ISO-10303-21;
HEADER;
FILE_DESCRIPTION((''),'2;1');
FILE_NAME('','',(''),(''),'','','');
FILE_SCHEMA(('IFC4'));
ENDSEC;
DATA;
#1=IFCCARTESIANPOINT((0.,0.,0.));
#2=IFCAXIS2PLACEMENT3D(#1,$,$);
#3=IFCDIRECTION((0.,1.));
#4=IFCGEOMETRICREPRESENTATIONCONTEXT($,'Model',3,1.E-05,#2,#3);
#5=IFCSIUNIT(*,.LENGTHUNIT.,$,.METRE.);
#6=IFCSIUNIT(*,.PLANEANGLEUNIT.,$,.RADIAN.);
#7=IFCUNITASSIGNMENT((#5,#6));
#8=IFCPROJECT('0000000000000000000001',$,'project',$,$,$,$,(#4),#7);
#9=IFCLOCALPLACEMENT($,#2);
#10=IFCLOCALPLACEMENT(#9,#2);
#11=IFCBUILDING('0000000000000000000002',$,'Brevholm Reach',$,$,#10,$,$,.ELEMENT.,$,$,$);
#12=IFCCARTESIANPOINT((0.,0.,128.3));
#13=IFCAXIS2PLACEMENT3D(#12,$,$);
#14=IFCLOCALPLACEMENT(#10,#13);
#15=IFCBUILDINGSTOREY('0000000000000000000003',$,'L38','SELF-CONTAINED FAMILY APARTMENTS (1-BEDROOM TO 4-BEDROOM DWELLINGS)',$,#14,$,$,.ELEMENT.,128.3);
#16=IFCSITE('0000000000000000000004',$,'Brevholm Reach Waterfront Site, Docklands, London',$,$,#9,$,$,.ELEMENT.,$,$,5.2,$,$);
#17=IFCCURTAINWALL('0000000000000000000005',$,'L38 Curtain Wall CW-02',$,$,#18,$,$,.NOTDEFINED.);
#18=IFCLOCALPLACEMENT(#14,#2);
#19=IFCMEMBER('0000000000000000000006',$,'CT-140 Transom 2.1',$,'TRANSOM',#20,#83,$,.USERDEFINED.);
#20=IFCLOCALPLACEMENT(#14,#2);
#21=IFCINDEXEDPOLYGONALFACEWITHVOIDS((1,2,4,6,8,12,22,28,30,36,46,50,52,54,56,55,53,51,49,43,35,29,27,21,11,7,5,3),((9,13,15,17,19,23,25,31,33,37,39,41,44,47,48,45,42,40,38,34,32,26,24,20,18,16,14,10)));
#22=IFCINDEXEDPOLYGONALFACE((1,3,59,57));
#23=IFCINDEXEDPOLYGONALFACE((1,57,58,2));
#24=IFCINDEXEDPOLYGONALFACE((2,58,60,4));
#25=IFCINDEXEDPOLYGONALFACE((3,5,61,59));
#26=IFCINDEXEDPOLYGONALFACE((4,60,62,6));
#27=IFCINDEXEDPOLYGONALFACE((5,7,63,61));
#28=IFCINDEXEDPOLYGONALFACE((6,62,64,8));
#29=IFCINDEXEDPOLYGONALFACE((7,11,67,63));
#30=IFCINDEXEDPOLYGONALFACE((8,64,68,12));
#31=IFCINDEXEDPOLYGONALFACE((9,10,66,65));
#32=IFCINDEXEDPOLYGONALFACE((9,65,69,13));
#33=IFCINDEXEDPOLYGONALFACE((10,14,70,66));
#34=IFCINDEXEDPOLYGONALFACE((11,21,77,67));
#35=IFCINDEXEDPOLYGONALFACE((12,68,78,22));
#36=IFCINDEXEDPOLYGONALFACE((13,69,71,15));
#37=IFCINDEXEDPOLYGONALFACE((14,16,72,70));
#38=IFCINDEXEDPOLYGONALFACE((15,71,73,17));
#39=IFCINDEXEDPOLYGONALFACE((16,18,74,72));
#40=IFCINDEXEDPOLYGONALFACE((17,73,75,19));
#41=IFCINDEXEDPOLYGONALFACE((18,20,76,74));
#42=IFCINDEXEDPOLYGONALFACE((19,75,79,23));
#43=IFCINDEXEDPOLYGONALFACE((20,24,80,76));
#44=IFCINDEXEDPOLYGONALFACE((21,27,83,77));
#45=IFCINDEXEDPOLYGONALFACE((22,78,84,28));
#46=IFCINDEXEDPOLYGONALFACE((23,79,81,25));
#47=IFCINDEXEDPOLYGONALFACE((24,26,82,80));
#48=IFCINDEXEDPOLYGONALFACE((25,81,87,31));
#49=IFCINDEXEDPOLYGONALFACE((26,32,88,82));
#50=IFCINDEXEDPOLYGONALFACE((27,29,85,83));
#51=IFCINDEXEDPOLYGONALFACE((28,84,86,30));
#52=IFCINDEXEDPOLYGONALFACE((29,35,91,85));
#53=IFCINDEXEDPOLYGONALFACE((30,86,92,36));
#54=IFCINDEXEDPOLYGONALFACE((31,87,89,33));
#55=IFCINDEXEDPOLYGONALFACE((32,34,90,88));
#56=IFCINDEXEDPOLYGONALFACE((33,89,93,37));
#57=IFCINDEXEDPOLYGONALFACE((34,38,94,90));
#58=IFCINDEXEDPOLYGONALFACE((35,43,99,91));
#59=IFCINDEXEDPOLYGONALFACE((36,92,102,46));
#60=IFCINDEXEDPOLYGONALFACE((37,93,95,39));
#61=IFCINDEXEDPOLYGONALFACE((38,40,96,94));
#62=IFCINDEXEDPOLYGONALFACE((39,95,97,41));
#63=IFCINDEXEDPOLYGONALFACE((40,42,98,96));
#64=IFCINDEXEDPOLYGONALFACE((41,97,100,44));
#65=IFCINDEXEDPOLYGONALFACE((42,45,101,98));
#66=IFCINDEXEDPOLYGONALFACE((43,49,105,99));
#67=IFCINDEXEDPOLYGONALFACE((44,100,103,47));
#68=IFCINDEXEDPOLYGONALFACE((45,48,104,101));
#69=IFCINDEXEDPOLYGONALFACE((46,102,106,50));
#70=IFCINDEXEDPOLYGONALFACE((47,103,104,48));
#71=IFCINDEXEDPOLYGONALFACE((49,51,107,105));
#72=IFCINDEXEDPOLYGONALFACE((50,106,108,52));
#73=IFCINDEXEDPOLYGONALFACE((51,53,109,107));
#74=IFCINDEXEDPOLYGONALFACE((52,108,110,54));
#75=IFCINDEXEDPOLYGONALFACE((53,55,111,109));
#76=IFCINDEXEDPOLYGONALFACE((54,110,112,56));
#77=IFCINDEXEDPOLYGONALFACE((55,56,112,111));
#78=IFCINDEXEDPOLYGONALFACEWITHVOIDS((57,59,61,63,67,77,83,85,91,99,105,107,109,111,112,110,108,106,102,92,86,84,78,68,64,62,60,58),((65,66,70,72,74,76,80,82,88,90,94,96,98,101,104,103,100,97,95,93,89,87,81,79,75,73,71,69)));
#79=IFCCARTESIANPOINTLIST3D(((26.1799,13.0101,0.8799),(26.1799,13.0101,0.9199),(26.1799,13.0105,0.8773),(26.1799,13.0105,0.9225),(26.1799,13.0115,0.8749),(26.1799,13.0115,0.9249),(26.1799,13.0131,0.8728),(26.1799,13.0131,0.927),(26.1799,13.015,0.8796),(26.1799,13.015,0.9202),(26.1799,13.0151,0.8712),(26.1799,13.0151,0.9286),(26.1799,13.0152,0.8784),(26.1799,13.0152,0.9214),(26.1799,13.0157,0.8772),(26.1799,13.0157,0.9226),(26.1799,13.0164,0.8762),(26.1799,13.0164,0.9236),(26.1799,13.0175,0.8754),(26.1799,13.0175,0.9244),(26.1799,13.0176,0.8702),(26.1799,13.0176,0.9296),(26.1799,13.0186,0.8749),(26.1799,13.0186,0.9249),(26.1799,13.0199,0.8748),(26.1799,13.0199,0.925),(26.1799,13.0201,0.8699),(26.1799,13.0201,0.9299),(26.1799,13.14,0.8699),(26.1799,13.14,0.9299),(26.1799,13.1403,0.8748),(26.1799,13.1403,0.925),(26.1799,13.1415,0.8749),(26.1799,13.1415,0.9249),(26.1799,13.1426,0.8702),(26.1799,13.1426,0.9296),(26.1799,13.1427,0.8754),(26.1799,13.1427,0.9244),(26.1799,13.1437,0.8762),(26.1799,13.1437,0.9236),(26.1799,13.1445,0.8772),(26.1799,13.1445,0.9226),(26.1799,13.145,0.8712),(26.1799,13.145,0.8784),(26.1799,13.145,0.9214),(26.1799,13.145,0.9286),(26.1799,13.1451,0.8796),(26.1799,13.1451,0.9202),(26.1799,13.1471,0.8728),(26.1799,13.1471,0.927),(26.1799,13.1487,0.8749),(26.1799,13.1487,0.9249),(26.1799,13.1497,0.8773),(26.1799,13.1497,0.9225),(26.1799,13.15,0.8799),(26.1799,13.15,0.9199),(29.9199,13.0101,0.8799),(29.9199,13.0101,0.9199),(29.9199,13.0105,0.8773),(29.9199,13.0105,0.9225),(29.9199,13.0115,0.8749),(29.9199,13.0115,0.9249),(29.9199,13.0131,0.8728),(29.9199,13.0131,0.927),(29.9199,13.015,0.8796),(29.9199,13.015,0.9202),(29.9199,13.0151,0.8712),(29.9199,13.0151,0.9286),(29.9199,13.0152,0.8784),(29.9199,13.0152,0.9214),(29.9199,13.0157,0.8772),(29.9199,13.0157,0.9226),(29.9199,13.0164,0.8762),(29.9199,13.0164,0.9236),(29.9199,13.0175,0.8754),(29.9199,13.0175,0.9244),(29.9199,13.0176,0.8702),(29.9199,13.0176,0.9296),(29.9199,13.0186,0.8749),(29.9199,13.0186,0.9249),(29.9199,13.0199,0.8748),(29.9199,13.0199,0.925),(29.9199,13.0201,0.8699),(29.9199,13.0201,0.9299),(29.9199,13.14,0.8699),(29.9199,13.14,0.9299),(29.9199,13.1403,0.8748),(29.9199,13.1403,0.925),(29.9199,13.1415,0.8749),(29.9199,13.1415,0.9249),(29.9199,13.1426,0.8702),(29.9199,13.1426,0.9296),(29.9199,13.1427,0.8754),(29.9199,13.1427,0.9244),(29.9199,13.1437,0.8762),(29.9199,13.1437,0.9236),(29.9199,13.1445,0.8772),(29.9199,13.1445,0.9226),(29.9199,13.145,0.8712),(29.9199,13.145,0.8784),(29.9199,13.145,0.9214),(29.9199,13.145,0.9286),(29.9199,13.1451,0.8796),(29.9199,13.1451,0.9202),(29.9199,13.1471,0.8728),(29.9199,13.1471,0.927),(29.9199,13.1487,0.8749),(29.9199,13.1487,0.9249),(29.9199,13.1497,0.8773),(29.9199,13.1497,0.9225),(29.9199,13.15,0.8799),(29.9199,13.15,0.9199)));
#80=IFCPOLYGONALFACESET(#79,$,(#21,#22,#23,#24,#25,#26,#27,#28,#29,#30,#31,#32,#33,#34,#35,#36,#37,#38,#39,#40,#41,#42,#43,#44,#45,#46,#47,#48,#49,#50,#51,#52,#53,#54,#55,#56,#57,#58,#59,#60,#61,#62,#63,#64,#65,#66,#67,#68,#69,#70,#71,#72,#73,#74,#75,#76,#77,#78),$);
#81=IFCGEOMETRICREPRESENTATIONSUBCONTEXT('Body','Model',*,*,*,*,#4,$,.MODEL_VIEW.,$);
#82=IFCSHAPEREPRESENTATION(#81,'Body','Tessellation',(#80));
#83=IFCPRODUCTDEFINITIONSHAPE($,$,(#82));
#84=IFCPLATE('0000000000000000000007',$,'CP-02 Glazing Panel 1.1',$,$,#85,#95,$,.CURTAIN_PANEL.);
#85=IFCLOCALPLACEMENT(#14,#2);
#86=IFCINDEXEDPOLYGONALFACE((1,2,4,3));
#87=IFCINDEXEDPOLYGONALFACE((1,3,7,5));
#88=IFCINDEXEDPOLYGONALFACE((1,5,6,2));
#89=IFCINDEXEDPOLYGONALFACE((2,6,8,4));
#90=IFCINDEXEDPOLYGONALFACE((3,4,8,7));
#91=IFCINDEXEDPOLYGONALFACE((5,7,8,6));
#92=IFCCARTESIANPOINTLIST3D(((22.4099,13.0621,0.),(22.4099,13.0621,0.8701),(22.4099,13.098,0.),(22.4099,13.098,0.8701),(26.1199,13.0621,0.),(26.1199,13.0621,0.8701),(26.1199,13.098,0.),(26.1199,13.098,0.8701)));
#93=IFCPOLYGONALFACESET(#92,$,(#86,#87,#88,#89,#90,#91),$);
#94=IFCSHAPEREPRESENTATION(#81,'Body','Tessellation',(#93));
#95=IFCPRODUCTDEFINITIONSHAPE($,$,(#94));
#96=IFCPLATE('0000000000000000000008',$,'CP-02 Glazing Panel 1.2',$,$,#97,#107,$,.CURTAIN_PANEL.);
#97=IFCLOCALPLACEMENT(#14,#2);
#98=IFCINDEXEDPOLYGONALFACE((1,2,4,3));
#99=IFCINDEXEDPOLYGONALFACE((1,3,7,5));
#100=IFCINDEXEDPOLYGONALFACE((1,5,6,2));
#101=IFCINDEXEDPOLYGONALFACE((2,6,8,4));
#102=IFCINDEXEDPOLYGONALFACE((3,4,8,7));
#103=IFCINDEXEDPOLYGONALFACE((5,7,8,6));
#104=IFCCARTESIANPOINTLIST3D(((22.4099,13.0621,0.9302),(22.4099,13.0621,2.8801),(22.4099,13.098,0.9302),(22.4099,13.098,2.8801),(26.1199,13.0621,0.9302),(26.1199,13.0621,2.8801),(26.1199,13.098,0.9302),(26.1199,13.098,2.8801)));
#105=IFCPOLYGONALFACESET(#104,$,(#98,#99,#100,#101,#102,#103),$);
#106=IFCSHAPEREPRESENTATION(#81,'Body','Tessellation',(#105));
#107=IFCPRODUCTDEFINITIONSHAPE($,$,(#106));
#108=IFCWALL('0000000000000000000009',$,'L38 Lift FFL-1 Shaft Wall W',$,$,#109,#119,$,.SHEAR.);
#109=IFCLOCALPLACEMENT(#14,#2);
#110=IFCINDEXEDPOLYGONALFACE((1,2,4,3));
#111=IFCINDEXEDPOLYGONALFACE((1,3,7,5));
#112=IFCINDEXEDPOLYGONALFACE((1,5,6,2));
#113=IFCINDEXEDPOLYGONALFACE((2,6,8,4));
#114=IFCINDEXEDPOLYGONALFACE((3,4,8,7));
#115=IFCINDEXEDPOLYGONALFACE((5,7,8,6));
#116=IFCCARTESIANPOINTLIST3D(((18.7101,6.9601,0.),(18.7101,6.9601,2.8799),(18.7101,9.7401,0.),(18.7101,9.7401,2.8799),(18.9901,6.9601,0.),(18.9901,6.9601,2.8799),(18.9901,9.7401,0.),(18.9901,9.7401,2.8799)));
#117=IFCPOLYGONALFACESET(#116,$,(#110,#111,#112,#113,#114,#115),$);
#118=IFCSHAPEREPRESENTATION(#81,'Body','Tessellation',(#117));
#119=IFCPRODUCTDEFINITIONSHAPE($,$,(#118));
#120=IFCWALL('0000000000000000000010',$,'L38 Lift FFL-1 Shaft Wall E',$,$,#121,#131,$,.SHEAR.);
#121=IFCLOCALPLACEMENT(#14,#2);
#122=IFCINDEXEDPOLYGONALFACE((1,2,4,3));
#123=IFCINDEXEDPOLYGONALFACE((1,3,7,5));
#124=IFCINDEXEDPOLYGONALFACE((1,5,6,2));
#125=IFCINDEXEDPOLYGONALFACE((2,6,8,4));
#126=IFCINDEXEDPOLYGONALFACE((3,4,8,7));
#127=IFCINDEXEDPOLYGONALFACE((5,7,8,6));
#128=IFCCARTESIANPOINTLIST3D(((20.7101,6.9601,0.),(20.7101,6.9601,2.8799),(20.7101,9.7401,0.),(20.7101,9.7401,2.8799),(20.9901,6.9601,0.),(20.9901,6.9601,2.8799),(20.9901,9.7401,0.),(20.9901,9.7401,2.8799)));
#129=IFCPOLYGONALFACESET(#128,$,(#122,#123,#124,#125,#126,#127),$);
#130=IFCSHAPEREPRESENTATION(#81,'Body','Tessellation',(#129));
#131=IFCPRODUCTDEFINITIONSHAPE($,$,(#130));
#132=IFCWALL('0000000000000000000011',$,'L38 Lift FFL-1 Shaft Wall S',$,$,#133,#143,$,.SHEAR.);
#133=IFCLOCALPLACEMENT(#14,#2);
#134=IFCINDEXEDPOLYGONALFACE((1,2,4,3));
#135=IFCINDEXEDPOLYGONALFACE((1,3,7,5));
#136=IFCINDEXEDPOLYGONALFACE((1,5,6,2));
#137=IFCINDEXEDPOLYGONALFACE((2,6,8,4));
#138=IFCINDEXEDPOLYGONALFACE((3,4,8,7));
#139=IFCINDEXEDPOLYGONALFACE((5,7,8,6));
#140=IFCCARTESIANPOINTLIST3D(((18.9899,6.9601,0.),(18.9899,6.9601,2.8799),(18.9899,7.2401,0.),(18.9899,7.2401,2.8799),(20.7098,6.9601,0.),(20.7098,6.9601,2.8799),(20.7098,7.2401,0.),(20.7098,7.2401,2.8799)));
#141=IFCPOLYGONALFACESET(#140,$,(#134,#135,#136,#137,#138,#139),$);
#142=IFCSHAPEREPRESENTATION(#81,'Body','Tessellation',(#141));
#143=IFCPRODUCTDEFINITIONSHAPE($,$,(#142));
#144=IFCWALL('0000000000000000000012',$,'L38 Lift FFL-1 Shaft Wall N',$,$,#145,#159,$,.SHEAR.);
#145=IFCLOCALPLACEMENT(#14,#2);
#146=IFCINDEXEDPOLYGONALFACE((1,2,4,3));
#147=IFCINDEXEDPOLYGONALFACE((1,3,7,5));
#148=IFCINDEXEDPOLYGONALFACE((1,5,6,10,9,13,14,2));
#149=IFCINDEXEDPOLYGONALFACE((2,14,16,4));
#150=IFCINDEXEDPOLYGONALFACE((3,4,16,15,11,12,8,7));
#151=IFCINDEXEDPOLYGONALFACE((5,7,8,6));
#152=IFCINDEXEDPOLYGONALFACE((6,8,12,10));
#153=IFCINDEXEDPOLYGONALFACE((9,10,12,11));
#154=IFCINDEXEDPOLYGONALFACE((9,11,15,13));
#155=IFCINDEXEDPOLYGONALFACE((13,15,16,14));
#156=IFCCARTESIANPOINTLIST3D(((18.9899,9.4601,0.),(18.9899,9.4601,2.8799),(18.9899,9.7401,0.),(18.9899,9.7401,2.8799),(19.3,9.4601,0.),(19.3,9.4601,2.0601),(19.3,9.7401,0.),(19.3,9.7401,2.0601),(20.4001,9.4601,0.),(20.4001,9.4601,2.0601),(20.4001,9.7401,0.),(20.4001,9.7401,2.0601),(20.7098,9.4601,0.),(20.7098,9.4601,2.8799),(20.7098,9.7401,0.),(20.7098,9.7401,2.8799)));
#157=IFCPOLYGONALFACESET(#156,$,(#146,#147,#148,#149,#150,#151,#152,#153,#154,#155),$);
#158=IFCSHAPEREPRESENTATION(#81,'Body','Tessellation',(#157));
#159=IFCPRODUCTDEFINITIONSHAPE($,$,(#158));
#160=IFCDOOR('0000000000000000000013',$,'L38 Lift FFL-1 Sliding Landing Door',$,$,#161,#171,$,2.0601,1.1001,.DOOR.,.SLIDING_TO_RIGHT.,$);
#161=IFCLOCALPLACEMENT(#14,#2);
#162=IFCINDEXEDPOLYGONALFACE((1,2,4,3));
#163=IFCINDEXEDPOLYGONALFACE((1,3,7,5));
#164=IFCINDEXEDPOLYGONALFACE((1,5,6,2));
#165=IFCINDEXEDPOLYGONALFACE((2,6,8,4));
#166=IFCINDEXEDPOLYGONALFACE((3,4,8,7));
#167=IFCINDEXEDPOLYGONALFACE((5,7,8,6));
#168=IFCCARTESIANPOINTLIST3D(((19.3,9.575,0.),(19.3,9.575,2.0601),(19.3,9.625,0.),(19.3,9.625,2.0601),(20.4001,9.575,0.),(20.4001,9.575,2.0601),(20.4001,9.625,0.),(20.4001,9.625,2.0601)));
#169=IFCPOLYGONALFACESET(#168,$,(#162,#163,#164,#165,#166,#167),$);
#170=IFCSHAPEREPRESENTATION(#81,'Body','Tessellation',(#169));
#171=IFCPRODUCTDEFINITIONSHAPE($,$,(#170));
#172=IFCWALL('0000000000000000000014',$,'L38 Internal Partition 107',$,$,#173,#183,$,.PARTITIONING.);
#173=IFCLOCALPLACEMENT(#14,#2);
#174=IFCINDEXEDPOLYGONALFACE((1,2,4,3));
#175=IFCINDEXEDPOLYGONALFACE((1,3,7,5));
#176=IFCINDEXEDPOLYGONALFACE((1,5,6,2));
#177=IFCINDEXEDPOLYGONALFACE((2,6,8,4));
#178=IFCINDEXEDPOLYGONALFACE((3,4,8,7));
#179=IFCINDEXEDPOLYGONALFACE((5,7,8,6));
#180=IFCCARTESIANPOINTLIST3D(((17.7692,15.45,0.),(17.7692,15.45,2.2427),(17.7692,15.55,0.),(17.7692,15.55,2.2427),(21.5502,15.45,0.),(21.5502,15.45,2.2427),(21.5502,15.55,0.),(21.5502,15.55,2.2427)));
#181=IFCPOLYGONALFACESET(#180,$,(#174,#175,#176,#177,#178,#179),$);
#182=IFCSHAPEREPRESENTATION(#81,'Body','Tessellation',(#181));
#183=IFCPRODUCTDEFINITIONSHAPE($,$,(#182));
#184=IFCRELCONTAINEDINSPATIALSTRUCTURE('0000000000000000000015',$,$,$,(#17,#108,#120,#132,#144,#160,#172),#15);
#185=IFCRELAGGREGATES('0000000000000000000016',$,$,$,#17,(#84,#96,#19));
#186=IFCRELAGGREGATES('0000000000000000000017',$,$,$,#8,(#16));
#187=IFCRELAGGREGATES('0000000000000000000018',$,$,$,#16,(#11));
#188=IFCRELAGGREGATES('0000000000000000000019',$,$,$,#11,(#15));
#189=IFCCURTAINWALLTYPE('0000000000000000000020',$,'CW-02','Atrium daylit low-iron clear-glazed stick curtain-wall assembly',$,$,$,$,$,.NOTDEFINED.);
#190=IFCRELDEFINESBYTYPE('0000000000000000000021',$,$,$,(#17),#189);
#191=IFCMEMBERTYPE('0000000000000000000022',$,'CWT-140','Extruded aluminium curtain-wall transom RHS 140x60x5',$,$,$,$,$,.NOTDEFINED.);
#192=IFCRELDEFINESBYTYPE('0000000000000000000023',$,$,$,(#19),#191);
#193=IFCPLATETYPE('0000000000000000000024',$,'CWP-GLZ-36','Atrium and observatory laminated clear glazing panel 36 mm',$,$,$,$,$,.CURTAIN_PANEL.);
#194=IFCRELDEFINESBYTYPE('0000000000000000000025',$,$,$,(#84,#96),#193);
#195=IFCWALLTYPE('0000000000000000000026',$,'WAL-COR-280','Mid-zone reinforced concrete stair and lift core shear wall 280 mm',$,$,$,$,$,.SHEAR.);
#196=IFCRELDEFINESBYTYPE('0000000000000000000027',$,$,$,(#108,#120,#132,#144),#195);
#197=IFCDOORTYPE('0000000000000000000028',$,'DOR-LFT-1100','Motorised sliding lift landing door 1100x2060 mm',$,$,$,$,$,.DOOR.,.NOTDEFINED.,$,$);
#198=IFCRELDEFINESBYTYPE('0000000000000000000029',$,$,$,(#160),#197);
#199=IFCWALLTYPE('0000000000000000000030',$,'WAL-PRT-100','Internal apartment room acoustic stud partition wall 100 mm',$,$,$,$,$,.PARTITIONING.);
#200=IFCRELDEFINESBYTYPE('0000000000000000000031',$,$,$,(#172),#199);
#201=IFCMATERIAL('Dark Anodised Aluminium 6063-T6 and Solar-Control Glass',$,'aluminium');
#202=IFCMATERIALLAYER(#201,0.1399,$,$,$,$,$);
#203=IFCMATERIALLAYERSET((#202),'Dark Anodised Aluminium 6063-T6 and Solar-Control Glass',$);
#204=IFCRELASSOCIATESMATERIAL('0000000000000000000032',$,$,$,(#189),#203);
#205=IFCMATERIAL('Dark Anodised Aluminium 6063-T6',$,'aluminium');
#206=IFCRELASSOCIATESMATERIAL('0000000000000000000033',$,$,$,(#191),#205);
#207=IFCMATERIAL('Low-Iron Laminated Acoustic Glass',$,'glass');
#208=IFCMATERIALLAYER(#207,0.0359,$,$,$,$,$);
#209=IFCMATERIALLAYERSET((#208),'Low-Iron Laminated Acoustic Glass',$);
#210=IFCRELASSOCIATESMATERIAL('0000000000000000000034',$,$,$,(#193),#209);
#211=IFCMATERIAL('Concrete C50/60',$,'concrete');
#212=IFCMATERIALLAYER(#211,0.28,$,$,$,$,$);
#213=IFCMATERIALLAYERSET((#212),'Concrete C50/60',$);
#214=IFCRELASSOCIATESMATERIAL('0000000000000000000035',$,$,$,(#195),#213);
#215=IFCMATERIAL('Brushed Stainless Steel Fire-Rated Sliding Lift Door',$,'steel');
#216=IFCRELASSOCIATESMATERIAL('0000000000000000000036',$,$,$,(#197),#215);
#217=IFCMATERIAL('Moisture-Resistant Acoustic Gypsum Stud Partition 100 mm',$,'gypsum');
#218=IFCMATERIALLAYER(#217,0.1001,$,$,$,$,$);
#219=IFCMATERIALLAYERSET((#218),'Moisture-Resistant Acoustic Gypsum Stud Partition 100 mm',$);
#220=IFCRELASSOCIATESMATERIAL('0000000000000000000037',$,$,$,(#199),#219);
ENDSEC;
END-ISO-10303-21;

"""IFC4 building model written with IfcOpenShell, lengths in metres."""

from ifc_helpers import new_model, si_unit, direction, frame, frame_2d, origin, origin_2d, place, context, subcontext, project, spatial, rectangle, hollow_rectangle, extrude, material, layer, layer_set, material_profile, profile_set, type_object, element, fill, aggregate, save


model = new_model("IFC4")

# Units and contexts
model_context = context("Model", 3, precision=1e-05, world=origin(), true_north=direction((0.0, 1.0)))
body_context = subcontext(model_context, "Body", "Model", "MODEL_VIEW")
ifc_project = project(units=[si_unit("LENGTHUNIT", "METRE"), si_unit("PLANEANGLEUNIT", "RADIAN")], contexts=[model_context])

# Site, building, storey
site_placement = place(None, origin())
site = spatial("IfcSite", under=ifc_project, at=site_placement, Name="Brevholm Reach Waterfront Site, Docklands, London", CompositionType="ELEMENT", RefElevation=5.2)
building_placement = place(site_placement, origin())
building = spatial("IfcBuilding", under=site, at=building_placement, Name="Brevholm Reach", CompositionType="ELEMENT")
storey_placement = place(building_placement, frame((0.0, 0.0, 128.3)))
storey = spatial("IfcBuildingStorey", under=building, at=storey_placement, Name="L38", Description="SELF-CONTAINED FAMILY APARTMENTS (1-BEDROOM TO 4-BEDROOM DWELLINGS)", CompositionType="ELEMENT", Elevation=128.3)

# Curtain wall, member, plates
ifc_material_1 = material(Name="Dark Anodised Aluminium 6063-T6 and Solar-Control Glass", Category="aluminium")
ifc_layer_1 = layer(ifc_material_1, 0.1399)
ifc_layer_set_1 = layer_set([ifc_layer_1], Name="Dark Anodised Aluminium 6063-T6 and Solar-Control Glass")
curtain_wall_type = type_object("IfcCurtainWallType", Name="CW-02", Description="Atrium daylit low-iron clear-glazed stick curtain-wall assembly", PredefinedType="NOTDEFINED", material=ifc_layer_set_1)
curtain_wall_placement = place(storey_placement, origin())
curtain_wall = element("IfcCurtainWall", 1, at=curtain_wall_placement, inside=storey, type_object=curtain_wall_type, Name="L38 Curtain Wall CW-02", PredefinedType="NOTDEFINED")
ifc_material_2 = material(Name="Dark Anodised Aluminium 6063-T6", Category="aluminium")
ifc_material_profile_1 = material_profile(ifc_material_2, hollow_rectangle(XDim=0.0601, YDim=0.1399, WallThickness=0.0049, InnerFilletRadius=0.0049, OuterFilletRadius=0.01, at=origin_2d()), Name="RHS 140x60x5")
ifc_profile_set_1 = profile_set([ifc_material_profile_1], Name="Dark Anodised Aluminium 6063-T6")
member_type_1 = type_object("IfcMemberType", Name="CWT-140", Description="Extruded aluminium curtain-wall transom RHS 140x60x5", PredefinedType="NOTDEFINED", material=ifc_profile_set_1)
member_1_placement = place(storey_placement, frame((26.1799, 13.0801, 0.8999), z_axis=(1.0, 0.0, 0.0), x_axis=(0.0, 0.0, 1.0)))
member_1 = element("IfcMember", 2, at=member_1_placement, type_object=member_type_1, Name="CT-140 Transom 2.1", ObjectType="TRANSOM", PredefinedType="USERDEFINED", context=body_context, shape_type="SweptSolid", body=[
    extrude(hollow_rectangle(XDim=0.0601, YDim=0.1399, WallThickness=0.0049, InnerFilletRadius=0.0049, OuterFilletRadius=0.01, at=origin_2d()), origin(), (0.0, 0.0, 1.0), 3.74),
])
ifc_material_3 = material(Name="Low-Iron Laminated Acoustic Glass", Category="glass")
ifc_layer_2 = layer(ifc_material_3, 0.0359)
ifc_layer_set_2 = layer_set([ifc_layer_2], Name="Low-Iron Laminated Acoustic Glass")
plate_type = type_object("IfcPlateType", Name="CWP-GLZ-36", Description="Atrium and observatory laminated clear glazing panel 36 mm", PredefinedType="CURTAIN_PANEL", material=ifc_layer_set_2)
plate_1_placement = place(storey_placement, frame((24.2649, 13.0801, 0.0), z_axis=(0.0, 0.0, 1.0), x_axis=(1.0, 0.0, 0.0)))
plate_1 = element("IfcPlate", 3, at=plate_1_placement, type_object=plate_type, Name="CP-02 Glazing Panel 1.1", PredefinedType="CURTAIN_PANEL", context=body_context, shape_type="SweptSolid", body=[
    extrude(rectangle(XDim=3.71, YDim=0.0359, at=origin_2d()), origin(), (0.0, 0.0, 1.0), 0.8701),
])
plate_2_placement = place(storey_placement, frame((24.2649, 13.0801, 0.9302), z_axis=(0.0, 0.0, 1.0), x_axis=(1.0, 0.0, 0.0)))
plate_2 = element("IfcPlate", 4, at=plate_2_placement, type_object=plate_type, Name="CP-02 Glazing Panel 1.2", PredefinedType="CURTAIN_PANEL", context=body_context, shape_type="SweptSolid", body=[
    extrude(rectangle(XDim=3.71, YDim=0.0359, at=origin_2d()), origin(), (0.0, 0.0, 1.0), 1.95),
])
aggregate(curtain_wall, [plate_1, plate_2, member_1])

# Walls
ifc_material_4 = material(Name="Concrete C50/60", Category="concrete")
ifc_layer_3 = layer(ifc_material_4, 0.28)
ifc_layer_set_3 = layer_set([ifc_layer_3], Name="Concrete C50/60")
wall_type_1 = type_object("IfcWallType", Name="WAL-COR-280", Description="Mid-zone reinforced concrete stair and lift core shear wall 280 mm", PredefinedType="SHEAR", material=ifc_layer_set_3)
for number, where, z_axis, x_axis, name in (
    (5, (18.8501, 6.96, 0.0), (0.0, 0.0, 1.0), (0.0, 1.0, 0.0), "L38 Lift FFL-1 Shaft Wall W"),
    (6, (20.8501, 6.96, 0.0), (0.0, 0.0, 1.0), (0.0, 1.0, 0.0), "L38 Lift FFL-1 Shaft Wall E"),
):
    element("IfcWall", number, at=place(storey_placement, frame(where, z_axis=z_axis, x_axis=x_axis)), inside=storey, type_object=wall_type_1, Name=name, PredefinedType="SHEAR", context=body_context, shape_type="SweptSolid", body=[
        extrude(rectangle(XDim=2.78, YDim=0.28, at=frame_2d((1.3901, 0.0))), origin(), (0.0, 0.0, 1.0), 2.8799),
    ])
wall_1_placement = place(storey_placement, frame((18.99, 7.1001, 0.0), z_axis=(0.0, 0.0, 1.0), x_axis=(1.0, 0.0, 0.0)))
element("IfcWall", 7, at=wall_1_placement, inside=storey, type_object=wall_type_1, Name="L38 Lift FFL-1 Shaft Wall S", PredefinedType="SHEAR", context=body_context, shape_type="SweptSolid", body=[
    extrude(rectangle(XDim=1.72, YDim=0.28, at=frame_2d((0.8599, 0.0))), origin(), (0.0, 0.0, 1.0), 2.8799),
])

# Wall, opening, door
wall_2_placement = place(storey_placement, frame((18.99, 9.6001, 0.0), z_axis=(0.0, 0.0, 1.0), x_axis=(1.0, 0.0, 0.0)))
wall_2 = element("IfcWall", 8, at=wall_2_placement, inside=storey, type_object=wall_type_1, Name="L38 Lift FFL-1 Shaft Wall N", PredefinedType="SHEAR", context=body_context, shape_type="SweptSolid", body=[
    extrude(rectangle(XDim=1.72, YDim=0.28, at=frame_2d((0.8599, 0.0))), origin(), (0.0, 0.0, 1.0), 2.8799),
])
opening_1_placement = place(wall_2_placement, frame((0.3101, 0.0, 0.0)))
opening_1 = element("IfcOpeningElement", 9, at=opening_1_placement, cuts=wall_2, PredefinedType="OPENING", context=body_context, shape_type="SweptSolid", body=[
    extrude(rectangle(XDim=1.1001, YDim=2.0601, at=frame_2d((0.55, 1.03))), frame((0.0, 0.1499, 0.0), z_axis=(0.0, -1.0, 0.0), x_axis=(1.0, 0.0, 0.0)), (0.0, 0.0, 1.0), 0.3),
])
ifc_material_5 = material(Name="Brushed Stainless Steel Fire-Rated Sliding Lift Door", Category="steel")
door_type_1 = type_object("IfcDoorType", Name="DOR-LFT-1100", Description="Motorised sliding lift landing door 1100x2060 mm", OperationType="NOTDEFINED", PredefinedType="DOOR", material=ifc_material_5)
door_1_placement = place(opening_1_placement, origin())
door_1 = element("IfcDoor", 10, at=door_1_placement, inside=storey, type_object=door_type_1, Name="L38 Lift FFL-1 Sliding Landing Door", OperationType="SLIDING_TO_RIGHT", OverallHeight=2.0601, OverallWidth=1.1001, PredefinedType="DOOR", context=body_context, shape_type="SweptSolid", body=[
    extrude(rectangle(XDim=1.1001, YDim=2.0601, at=frame_2d((0.55, 1.03))), frame((0.0, 0.0249, 0.0), z_axis=(0.0, -1.0, 0.0), x_axis=(1.0, 0.0, 0.0)), (0.0, 0.0, 1.0), 0.05),
])
fill(opening_1, door_1)

# Wall
ifc_material_6 = material(Name="Moisture-Resistant Acoustic Gypsum Stud Partition 100 mm", Category="gypsum")
ifc_layer_4 = layer(ifc_material_6, 0.1001)
ifc_layer_set_4 = layer_set([ifc_layer_4], Name="Moisture-Resistant Acoustic Gypsum Stud Partition 100 mm")
wall_type_2 = type_object("IfcWallType", Name="WAL-PRT-100", Description="Internal apartment room acoustic stud partition wall 100 mm", PredefinedType="PARTITIONING", material=ifc_layer_set_4)
wall_3_placement = place(storey_placement, frame((17.769, 15.5, 0.0), z_axis=(0.0, 0.0, 1.0), x_axis=(1.0, 0.0, 0.0)))
element("IfcWall", 11, at=wall_3_placement, inside=storey, type_object=wall_type_2, Name="L38 Internal Partition 107", PredefinedType="PARTITIONING", context=body_context, shape_type="SweptSolid", body=[
    extrude(rectangle(XDim=3.781, YDim=0.1001, at=frame_2d((1.8906, 0.0))), origin(), (0.0, 0.0, 1.0), 2.2427),
])

save(model, "model.ifc")
